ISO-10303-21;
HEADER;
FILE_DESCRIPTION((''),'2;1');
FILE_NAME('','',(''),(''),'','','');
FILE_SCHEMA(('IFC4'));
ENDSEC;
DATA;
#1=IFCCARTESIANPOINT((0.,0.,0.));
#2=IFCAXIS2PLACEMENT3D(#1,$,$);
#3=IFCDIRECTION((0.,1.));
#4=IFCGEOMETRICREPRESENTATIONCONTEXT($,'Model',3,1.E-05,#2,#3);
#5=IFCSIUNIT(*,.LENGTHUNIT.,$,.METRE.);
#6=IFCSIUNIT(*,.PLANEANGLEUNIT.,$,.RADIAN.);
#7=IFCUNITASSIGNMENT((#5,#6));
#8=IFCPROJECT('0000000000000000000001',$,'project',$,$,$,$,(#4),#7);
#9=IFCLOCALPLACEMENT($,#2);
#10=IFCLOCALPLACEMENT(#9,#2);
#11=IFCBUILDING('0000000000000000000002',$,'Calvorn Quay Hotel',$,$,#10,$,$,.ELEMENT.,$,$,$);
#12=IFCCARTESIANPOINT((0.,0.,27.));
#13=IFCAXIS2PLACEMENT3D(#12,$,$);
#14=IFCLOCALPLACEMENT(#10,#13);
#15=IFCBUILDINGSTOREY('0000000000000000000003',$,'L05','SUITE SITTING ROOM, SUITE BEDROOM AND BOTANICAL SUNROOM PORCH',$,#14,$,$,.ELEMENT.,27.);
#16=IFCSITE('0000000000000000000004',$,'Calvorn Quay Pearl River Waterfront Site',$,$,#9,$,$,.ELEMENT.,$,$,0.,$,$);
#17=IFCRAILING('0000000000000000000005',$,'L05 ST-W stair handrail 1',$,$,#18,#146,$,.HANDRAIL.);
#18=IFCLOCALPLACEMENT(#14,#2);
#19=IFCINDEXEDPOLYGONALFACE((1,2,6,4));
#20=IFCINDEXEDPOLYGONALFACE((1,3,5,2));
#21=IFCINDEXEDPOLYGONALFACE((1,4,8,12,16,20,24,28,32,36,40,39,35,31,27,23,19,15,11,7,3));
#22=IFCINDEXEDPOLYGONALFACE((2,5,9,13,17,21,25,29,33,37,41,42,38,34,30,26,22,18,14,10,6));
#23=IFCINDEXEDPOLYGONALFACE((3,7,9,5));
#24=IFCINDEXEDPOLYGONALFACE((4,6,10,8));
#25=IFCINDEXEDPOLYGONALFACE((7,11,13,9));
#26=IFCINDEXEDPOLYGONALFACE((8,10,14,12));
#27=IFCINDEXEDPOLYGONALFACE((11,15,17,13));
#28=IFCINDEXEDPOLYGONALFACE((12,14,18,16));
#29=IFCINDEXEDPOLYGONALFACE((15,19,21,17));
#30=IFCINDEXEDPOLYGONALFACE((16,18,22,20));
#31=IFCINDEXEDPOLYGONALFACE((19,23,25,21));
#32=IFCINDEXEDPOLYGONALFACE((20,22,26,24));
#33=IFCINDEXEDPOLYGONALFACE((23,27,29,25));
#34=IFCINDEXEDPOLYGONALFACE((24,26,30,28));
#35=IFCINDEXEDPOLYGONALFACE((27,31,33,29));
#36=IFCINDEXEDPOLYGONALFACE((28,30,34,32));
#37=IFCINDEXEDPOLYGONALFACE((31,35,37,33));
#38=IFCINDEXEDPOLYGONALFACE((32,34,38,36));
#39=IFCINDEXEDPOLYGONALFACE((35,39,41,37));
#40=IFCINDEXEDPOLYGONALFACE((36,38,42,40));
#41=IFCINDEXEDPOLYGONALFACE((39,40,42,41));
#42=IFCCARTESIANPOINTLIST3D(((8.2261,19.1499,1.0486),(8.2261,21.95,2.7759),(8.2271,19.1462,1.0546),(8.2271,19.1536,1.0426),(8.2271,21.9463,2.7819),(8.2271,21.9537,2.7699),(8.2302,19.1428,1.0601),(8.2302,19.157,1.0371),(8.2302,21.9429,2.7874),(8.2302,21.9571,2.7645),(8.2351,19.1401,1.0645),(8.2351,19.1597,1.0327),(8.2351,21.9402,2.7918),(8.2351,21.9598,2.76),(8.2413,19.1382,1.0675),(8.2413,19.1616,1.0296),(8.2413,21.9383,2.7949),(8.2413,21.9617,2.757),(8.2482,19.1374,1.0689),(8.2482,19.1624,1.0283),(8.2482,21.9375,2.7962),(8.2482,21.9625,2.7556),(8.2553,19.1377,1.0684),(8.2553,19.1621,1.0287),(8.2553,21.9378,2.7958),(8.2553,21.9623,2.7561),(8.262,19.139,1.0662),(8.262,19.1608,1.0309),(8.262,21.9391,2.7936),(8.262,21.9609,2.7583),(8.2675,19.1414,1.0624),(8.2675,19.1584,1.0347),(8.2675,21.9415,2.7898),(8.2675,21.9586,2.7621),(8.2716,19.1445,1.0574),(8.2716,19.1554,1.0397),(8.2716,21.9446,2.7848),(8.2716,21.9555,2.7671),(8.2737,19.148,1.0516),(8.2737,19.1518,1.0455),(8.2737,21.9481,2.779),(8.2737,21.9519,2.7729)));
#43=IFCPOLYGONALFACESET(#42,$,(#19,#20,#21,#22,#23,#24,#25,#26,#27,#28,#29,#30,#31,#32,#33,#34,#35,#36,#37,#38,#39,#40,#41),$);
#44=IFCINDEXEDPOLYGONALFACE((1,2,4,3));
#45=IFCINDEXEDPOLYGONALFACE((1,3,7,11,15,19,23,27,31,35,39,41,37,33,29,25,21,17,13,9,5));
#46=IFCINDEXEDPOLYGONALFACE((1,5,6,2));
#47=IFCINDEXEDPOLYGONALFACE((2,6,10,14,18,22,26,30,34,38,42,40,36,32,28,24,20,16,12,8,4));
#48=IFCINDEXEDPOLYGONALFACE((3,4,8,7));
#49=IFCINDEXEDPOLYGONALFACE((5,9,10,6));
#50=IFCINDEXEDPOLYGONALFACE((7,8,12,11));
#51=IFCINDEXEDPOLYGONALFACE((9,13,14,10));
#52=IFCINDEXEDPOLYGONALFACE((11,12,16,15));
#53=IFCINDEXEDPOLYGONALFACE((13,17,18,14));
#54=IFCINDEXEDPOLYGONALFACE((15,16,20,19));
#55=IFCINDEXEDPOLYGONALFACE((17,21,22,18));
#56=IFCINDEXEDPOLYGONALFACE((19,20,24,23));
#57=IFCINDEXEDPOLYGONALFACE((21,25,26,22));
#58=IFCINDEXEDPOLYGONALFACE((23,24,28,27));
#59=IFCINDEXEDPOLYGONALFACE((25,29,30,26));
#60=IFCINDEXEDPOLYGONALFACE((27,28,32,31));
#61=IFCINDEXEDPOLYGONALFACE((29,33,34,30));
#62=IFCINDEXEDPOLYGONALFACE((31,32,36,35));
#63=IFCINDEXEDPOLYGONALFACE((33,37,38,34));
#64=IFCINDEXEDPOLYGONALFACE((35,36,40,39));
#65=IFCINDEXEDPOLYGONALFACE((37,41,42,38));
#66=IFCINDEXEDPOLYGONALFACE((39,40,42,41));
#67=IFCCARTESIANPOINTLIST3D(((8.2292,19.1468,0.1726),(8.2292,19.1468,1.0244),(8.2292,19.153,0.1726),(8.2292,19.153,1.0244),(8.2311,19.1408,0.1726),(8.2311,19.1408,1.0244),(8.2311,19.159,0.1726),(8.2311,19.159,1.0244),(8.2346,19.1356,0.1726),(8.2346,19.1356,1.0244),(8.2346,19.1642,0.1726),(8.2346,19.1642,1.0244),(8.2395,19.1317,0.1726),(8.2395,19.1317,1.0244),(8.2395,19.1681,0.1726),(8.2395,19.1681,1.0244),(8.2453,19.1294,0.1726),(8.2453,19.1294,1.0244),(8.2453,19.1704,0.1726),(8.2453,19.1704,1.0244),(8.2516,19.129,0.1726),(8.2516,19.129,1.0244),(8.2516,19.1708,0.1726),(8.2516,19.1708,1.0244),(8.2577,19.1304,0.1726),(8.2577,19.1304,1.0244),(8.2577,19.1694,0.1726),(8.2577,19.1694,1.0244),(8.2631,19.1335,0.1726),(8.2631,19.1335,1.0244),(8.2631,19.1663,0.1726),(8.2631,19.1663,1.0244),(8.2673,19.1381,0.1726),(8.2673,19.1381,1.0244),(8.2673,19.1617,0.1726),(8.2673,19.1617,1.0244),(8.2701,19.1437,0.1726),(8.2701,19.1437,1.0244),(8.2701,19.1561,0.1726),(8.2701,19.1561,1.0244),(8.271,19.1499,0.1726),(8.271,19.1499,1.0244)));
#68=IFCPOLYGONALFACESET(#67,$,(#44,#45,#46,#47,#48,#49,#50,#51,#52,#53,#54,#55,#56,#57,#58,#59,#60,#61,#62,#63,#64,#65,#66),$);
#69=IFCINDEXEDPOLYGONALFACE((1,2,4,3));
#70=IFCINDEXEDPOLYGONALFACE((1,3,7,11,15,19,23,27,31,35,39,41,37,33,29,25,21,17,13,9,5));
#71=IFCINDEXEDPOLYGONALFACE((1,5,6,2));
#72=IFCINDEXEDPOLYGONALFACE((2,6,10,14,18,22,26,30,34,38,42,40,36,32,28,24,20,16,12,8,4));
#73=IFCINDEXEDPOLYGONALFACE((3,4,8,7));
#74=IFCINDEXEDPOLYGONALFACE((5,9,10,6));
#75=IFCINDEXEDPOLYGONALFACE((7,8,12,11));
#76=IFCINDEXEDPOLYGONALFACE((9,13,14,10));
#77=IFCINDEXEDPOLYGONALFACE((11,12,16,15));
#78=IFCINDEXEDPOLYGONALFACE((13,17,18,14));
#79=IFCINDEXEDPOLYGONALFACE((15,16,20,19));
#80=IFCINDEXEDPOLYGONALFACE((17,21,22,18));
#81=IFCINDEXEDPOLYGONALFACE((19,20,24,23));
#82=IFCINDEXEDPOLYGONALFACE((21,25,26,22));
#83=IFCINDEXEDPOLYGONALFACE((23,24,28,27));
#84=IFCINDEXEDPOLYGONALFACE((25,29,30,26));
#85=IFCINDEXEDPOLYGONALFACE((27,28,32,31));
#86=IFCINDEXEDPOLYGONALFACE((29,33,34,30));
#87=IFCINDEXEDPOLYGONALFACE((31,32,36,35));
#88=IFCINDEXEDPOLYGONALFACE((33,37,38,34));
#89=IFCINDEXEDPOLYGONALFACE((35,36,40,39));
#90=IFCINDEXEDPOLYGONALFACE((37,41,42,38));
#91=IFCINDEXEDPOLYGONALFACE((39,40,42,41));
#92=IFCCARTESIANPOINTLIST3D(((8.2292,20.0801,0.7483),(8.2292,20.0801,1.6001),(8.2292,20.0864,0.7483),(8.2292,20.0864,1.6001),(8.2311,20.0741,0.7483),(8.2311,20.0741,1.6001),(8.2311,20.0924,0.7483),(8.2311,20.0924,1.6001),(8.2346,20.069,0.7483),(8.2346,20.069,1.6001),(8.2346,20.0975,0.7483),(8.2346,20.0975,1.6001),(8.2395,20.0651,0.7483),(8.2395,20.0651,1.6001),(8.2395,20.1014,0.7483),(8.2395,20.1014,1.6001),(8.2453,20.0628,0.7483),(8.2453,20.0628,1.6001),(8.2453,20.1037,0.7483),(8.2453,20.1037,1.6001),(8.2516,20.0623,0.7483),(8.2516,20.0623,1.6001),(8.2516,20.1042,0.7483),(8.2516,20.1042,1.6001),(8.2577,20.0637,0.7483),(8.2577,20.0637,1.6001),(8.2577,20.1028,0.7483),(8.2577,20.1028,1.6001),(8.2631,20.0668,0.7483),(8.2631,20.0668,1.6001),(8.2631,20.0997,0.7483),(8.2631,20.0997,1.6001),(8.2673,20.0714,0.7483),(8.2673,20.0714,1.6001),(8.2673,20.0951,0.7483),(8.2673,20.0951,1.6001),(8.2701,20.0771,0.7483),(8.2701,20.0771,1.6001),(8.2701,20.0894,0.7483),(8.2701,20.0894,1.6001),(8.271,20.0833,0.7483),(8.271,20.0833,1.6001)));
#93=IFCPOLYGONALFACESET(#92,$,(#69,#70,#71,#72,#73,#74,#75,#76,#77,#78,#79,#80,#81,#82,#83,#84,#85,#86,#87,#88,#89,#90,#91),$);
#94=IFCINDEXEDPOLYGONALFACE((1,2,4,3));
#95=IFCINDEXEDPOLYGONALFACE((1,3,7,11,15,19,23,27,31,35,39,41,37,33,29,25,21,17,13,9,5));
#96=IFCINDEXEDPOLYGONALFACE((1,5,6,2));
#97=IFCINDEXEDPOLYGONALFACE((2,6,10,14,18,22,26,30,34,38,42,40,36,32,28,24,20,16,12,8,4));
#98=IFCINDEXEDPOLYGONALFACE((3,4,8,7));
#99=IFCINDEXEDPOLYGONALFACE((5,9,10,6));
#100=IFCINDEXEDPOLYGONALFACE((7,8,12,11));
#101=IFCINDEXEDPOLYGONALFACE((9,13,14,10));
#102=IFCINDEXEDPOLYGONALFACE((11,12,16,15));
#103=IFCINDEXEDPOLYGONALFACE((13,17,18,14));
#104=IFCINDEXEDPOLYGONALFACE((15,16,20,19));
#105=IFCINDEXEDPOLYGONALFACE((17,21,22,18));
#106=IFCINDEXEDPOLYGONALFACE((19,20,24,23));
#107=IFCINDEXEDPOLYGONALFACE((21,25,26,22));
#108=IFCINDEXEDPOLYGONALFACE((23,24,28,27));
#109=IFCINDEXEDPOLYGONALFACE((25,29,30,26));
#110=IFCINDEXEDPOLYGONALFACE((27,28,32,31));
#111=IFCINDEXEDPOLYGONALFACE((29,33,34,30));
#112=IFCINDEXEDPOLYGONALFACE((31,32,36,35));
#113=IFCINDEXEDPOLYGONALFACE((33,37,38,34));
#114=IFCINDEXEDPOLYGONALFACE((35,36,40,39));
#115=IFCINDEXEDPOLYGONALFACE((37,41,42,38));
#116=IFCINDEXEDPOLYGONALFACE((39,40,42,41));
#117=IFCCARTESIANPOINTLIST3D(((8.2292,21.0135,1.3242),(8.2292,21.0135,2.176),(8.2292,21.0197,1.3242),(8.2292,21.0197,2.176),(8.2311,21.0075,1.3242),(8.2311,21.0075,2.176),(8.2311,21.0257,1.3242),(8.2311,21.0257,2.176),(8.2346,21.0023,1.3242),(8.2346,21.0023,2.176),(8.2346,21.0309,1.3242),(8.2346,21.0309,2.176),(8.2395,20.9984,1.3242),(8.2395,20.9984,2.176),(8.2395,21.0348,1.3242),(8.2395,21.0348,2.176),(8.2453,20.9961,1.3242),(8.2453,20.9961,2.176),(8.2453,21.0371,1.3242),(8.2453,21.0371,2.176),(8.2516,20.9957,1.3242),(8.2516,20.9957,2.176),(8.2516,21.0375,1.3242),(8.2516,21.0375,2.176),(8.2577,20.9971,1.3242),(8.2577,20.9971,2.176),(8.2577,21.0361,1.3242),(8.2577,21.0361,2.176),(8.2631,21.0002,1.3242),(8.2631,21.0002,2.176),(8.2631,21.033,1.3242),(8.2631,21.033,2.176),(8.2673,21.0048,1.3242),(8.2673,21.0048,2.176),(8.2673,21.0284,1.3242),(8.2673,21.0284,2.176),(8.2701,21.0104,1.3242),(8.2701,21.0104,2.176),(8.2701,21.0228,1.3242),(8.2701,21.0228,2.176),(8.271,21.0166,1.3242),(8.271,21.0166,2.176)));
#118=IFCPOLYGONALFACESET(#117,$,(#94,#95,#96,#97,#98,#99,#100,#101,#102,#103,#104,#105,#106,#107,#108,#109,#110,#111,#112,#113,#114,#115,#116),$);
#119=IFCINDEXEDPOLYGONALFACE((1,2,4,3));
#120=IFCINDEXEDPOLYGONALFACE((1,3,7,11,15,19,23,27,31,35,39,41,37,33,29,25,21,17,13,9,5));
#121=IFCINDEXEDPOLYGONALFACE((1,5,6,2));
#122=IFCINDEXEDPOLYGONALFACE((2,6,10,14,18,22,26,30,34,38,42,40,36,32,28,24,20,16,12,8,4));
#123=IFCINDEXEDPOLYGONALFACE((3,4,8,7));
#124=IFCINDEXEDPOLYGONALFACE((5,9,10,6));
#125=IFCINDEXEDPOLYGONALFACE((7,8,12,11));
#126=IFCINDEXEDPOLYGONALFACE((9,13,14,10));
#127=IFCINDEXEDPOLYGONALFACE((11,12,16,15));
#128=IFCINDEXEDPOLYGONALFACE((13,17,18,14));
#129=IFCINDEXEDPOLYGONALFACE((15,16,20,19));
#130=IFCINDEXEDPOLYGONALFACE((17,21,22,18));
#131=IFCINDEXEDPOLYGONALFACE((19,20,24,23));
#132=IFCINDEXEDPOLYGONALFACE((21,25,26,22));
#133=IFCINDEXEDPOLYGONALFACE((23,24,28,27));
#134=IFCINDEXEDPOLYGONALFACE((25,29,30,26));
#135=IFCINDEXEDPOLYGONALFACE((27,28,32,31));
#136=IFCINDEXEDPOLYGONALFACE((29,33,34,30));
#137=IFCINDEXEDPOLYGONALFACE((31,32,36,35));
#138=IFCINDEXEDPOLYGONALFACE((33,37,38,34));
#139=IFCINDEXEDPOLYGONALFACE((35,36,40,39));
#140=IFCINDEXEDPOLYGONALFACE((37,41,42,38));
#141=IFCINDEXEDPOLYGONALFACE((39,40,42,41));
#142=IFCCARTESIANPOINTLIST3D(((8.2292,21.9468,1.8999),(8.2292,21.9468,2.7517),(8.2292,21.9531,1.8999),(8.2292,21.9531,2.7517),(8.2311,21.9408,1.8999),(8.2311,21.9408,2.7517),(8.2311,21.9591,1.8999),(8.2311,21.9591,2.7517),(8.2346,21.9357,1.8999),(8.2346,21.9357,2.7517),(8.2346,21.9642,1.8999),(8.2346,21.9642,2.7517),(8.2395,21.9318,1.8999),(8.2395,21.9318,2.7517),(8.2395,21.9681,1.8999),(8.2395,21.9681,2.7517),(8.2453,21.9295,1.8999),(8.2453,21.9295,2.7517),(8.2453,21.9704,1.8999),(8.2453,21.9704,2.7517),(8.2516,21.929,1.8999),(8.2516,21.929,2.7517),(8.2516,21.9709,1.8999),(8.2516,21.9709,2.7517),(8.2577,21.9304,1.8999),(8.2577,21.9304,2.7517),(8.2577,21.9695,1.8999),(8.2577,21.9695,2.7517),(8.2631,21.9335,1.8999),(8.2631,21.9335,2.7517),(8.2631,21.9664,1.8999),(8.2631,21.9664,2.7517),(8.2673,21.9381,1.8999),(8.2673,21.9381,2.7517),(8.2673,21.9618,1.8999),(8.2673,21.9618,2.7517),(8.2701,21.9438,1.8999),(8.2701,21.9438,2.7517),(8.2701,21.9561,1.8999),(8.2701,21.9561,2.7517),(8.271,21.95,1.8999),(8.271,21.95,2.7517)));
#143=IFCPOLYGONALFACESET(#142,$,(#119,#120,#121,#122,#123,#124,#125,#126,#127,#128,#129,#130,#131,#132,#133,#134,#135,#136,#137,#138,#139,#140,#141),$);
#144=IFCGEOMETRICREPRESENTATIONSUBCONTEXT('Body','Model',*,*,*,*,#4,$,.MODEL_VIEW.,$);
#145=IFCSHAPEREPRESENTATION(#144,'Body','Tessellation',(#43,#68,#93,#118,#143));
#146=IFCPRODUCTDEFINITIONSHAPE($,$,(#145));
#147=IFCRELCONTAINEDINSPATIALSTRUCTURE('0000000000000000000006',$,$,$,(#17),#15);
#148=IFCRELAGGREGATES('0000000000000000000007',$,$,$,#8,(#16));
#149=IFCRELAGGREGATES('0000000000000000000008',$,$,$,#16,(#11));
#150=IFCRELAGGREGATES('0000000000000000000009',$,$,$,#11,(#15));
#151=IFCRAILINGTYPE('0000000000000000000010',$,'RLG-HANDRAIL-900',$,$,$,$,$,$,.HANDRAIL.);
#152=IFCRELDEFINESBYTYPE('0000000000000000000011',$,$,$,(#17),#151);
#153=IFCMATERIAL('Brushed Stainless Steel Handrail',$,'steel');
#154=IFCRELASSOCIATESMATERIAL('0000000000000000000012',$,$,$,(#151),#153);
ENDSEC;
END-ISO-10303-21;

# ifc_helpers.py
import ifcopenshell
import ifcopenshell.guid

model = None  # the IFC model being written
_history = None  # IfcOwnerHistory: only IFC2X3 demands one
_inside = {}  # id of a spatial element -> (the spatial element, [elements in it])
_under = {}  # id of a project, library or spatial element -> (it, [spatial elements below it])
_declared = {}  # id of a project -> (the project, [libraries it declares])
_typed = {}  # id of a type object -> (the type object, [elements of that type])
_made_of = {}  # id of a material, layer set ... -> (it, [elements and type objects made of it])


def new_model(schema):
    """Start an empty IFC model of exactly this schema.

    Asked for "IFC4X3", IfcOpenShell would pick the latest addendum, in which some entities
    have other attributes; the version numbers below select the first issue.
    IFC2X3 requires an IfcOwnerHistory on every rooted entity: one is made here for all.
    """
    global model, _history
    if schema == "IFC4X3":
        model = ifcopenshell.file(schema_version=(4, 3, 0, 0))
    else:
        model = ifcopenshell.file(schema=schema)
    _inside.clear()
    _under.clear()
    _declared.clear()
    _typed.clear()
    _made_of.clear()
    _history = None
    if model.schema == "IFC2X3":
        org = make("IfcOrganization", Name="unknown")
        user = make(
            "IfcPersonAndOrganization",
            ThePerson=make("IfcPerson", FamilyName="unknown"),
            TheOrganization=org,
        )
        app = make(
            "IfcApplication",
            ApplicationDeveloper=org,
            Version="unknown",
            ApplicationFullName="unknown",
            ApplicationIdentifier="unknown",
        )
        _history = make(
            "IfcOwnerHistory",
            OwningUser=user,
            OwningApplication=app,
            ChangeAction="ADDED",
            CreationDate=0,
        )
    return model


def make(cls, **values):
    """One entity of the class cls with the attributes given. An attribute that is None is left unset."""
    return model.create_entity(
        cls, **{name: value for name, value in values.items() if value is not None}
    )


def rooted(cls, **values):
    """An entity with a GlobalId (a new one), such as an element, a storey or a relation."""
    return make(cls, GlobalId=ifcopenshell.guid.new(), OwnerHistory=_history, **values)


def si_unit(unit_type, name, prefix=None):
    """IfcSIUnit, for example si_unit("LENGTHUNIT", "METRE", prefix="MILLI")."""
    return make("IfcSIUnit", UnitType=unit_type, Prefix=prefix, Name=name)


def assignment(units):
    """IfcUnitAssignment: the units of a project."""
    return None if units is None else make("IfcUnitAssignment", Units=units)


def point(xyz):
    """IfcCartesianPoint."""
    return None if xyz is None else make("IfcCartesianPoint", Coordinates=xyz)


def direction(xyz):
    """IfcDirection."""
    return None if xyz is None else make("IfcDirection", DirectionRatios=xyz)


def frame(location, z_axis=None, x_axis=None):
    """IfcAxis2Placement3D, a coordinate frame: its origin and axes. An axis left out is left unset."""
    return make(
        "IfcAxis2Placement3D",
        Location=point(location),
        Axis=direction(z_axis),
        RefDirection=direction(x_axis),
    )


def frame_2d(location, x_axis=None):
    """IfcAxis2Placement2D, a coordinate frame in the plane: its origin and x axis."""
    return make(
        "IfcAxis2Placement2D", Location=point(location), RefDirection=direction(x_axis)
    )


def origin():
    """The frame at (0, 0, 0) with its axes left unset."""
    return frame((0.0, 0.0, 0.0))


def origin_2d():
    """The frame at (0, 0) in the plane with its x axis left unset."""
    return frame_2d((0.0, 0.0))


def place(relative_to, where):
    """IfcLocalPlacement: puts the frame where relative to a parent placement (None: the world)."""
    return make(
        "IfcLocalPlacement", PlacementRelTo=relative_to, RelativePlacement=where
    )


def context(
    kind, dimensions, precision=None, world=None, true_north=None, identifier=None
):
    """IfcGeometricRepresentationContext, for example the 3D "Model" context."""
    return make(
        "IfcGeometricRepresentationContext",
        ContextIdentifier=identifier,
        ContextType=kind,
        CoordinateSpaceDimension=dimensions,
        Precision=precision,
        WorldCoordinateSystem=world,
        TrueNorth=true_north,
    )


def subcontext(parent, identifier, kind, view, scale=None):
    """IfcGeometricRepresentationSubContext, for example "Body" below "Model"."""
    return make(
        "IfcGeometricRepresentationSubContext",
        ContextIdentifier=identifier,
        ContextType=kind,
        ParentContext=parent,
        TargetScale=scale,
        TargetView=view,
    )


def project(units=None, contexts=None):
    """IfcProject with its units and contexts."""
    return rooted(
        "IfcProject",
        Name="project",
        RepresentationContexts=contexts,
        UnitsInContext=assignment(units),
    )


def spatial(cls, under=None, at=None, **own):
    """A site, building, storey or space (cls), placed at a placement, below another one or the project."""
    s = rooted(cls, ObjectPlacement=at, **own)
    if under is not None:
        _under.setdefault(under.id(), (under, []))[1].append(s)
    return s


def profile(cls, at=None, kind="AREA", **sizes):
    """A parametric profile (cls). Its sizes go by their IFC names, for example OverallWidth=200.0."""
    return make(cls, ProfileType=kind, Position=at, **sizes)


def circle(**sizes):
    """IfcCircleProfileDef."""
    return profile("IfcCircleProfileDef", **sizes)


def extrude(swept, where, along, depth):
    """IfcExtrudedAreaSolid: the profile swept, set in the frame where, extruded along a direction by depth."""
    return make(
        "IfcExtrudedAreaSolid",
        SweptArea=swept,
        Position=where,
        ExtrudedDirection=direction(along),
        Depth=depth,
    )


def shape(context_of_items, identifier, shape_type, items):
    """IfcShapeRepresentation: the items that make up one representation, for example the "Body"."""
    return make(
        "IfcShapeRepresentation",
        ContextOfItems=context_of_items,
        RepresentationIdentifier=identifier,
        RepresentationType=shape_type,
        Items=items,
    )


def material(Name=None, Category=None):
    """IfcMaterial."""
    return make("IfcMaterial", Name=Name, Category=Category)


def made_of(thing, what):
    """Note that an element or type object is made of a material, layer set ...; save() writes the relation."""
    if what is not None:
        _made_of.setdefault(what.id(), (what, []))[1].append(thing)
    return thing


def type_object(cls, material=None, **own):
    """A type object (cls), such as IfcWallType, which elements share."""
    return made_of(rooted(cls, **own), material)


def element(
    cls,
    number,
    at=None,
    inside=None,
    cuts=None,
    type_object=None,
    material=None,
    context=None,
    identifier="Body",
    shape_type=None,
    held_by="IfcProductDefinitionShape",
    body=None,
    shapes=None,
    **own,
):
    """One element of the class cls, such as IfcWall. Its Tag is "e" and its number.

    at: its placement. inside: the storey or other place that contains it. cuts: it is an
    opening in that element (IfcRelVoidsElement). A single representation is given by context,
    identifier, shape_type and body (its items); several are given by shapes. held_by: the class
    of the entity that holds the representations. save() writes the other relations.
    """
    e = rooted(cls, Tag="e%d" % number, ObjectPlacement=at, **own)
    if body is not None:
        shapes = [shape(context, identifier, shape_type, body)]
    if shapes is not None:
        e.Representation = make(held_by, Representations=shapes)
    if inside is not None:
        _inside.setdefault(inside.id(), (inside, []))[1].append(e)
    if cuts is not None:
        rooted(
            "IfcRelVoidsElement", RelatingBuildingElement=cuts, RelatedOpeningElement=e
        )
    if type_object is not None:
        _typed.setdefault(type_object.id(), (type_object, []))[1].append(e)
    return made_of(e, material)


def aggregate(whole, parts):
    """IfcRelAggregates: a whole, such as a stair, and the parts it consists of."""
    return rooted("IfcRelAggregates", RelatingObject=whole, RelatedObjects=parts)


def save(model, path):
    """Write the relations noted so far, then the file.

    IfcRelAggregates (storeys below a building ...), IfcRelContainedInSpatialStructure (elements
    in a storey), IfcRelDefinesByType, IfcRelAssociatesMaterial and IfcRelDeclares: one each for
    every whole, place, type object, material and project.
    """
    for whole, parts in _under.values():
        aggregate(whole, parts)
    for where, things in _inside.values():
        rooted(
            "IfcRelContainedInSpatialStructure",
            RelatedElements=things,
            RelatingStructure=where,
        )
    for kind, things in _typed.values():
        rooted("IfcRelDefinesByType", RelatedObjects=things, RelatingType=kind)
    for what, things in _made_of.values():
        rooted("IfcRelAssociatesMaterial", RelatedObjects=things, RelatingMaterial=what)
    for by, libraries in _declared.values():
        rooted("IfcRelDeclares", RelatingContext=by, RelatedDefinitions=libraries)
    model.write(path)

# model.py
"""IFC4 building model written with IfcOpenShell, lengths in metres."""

from ifc_helpers import new_model, si_unit, direction, frame, origin, origin_2d, place, context, subcontext, project, spatial, circle, extrude, material, type_object, element, save


model = new_model("IFC4")

# Units and contexts
model_context = context("Model", 3, precision=1e-05, world=origin(), true_north=direction((0.0, 1.0)))
body_context = subcontext(model_context, "Body", "Model", "MODEL_VIEW")
ifc_project = project(units=[si_unit("LENGTHUNIT", "METRE"), si_unit("PLANEANGLEUNIT", "RADIAN")], contexts=[model_context])

# Site, building, storey
site_placement = place(None, origin())
site = spatial("IfcSite", under=ifc_project, at=site_placement, Name="Calvorn Quay Pearl River Waterfront Site", CompositionType="ELEMENT", RefElevation=0.0)
building_placement = place(site_placement, origin())
building = spatial("IfcBuilding", under=site, at=building_placement, Name="Calvorn Quay Hotel", CompositionType="ELEMENT")
storey_placement = place(building_placement, frame((0.0, 0.0, 27.0)))
storey = spatial("IfcBuildingStorey", under=building, at=storey_placement, Name="L05", Description="SUITE SITTING ROOM, SUITE BEDROOM AND BOTANICAL SUNROOM PORCH", CompositionType="ELEMENT", Elevation=27.0)

# Railing
ifc_material_1 = material(Name="Brushed Stainless Steel Handrail", Category="steel")
railing_type_1 = type_object("IfcRailingType", Name="RLG-HANDRAIL-900", PredefinedType="HANDRAIL", material=ifc_material_1)
railing_1_placement = place(storey_placement, frame((8.25, 19.1499, 0.1726)))
element("IfcRailing", 1, at=railing_1_placement, inside=storey, type_object=railing_type_1, Name="L05 ST-W stair handrail 1", PredefinedType="HANDRAIL", context=body_context, shape_type="SweptSolid", body=[
    extrude(circle(Radius=0.0239, at=origin_2d()), frame((0.0, 0.0, 0.876), z_axis=(0.0, 0.85109, 0.52502), x_axis=(-1.0, 0.0, 0.0)), (0.0, 0.0, 1.0), 3.29),
    extrude(circle(Radius=0.021, at=origin_2d()), origin(), (0.0, 0.0, 1.0), 0.8518),
    extrude(circle(Radius=0.021, at=origin_2d()), frame((0.0, 0.9333, 0.5757)), (0.0, 0.0, 1.0), 0.8518),
    extrude(circle(Radius=0.021, at=origin_2d()), frame((0.0, 1.8667, 1.1516)), (0.0, 0.0, 1.0), 0.8518),
    extrude(circle(Radius=0.021, at=origin_2d()), frame((0.0, 2.8, 1.7273)), (0.0, 0.0, 1.0), 0.8518),
])

save(model, "model.ifc")
